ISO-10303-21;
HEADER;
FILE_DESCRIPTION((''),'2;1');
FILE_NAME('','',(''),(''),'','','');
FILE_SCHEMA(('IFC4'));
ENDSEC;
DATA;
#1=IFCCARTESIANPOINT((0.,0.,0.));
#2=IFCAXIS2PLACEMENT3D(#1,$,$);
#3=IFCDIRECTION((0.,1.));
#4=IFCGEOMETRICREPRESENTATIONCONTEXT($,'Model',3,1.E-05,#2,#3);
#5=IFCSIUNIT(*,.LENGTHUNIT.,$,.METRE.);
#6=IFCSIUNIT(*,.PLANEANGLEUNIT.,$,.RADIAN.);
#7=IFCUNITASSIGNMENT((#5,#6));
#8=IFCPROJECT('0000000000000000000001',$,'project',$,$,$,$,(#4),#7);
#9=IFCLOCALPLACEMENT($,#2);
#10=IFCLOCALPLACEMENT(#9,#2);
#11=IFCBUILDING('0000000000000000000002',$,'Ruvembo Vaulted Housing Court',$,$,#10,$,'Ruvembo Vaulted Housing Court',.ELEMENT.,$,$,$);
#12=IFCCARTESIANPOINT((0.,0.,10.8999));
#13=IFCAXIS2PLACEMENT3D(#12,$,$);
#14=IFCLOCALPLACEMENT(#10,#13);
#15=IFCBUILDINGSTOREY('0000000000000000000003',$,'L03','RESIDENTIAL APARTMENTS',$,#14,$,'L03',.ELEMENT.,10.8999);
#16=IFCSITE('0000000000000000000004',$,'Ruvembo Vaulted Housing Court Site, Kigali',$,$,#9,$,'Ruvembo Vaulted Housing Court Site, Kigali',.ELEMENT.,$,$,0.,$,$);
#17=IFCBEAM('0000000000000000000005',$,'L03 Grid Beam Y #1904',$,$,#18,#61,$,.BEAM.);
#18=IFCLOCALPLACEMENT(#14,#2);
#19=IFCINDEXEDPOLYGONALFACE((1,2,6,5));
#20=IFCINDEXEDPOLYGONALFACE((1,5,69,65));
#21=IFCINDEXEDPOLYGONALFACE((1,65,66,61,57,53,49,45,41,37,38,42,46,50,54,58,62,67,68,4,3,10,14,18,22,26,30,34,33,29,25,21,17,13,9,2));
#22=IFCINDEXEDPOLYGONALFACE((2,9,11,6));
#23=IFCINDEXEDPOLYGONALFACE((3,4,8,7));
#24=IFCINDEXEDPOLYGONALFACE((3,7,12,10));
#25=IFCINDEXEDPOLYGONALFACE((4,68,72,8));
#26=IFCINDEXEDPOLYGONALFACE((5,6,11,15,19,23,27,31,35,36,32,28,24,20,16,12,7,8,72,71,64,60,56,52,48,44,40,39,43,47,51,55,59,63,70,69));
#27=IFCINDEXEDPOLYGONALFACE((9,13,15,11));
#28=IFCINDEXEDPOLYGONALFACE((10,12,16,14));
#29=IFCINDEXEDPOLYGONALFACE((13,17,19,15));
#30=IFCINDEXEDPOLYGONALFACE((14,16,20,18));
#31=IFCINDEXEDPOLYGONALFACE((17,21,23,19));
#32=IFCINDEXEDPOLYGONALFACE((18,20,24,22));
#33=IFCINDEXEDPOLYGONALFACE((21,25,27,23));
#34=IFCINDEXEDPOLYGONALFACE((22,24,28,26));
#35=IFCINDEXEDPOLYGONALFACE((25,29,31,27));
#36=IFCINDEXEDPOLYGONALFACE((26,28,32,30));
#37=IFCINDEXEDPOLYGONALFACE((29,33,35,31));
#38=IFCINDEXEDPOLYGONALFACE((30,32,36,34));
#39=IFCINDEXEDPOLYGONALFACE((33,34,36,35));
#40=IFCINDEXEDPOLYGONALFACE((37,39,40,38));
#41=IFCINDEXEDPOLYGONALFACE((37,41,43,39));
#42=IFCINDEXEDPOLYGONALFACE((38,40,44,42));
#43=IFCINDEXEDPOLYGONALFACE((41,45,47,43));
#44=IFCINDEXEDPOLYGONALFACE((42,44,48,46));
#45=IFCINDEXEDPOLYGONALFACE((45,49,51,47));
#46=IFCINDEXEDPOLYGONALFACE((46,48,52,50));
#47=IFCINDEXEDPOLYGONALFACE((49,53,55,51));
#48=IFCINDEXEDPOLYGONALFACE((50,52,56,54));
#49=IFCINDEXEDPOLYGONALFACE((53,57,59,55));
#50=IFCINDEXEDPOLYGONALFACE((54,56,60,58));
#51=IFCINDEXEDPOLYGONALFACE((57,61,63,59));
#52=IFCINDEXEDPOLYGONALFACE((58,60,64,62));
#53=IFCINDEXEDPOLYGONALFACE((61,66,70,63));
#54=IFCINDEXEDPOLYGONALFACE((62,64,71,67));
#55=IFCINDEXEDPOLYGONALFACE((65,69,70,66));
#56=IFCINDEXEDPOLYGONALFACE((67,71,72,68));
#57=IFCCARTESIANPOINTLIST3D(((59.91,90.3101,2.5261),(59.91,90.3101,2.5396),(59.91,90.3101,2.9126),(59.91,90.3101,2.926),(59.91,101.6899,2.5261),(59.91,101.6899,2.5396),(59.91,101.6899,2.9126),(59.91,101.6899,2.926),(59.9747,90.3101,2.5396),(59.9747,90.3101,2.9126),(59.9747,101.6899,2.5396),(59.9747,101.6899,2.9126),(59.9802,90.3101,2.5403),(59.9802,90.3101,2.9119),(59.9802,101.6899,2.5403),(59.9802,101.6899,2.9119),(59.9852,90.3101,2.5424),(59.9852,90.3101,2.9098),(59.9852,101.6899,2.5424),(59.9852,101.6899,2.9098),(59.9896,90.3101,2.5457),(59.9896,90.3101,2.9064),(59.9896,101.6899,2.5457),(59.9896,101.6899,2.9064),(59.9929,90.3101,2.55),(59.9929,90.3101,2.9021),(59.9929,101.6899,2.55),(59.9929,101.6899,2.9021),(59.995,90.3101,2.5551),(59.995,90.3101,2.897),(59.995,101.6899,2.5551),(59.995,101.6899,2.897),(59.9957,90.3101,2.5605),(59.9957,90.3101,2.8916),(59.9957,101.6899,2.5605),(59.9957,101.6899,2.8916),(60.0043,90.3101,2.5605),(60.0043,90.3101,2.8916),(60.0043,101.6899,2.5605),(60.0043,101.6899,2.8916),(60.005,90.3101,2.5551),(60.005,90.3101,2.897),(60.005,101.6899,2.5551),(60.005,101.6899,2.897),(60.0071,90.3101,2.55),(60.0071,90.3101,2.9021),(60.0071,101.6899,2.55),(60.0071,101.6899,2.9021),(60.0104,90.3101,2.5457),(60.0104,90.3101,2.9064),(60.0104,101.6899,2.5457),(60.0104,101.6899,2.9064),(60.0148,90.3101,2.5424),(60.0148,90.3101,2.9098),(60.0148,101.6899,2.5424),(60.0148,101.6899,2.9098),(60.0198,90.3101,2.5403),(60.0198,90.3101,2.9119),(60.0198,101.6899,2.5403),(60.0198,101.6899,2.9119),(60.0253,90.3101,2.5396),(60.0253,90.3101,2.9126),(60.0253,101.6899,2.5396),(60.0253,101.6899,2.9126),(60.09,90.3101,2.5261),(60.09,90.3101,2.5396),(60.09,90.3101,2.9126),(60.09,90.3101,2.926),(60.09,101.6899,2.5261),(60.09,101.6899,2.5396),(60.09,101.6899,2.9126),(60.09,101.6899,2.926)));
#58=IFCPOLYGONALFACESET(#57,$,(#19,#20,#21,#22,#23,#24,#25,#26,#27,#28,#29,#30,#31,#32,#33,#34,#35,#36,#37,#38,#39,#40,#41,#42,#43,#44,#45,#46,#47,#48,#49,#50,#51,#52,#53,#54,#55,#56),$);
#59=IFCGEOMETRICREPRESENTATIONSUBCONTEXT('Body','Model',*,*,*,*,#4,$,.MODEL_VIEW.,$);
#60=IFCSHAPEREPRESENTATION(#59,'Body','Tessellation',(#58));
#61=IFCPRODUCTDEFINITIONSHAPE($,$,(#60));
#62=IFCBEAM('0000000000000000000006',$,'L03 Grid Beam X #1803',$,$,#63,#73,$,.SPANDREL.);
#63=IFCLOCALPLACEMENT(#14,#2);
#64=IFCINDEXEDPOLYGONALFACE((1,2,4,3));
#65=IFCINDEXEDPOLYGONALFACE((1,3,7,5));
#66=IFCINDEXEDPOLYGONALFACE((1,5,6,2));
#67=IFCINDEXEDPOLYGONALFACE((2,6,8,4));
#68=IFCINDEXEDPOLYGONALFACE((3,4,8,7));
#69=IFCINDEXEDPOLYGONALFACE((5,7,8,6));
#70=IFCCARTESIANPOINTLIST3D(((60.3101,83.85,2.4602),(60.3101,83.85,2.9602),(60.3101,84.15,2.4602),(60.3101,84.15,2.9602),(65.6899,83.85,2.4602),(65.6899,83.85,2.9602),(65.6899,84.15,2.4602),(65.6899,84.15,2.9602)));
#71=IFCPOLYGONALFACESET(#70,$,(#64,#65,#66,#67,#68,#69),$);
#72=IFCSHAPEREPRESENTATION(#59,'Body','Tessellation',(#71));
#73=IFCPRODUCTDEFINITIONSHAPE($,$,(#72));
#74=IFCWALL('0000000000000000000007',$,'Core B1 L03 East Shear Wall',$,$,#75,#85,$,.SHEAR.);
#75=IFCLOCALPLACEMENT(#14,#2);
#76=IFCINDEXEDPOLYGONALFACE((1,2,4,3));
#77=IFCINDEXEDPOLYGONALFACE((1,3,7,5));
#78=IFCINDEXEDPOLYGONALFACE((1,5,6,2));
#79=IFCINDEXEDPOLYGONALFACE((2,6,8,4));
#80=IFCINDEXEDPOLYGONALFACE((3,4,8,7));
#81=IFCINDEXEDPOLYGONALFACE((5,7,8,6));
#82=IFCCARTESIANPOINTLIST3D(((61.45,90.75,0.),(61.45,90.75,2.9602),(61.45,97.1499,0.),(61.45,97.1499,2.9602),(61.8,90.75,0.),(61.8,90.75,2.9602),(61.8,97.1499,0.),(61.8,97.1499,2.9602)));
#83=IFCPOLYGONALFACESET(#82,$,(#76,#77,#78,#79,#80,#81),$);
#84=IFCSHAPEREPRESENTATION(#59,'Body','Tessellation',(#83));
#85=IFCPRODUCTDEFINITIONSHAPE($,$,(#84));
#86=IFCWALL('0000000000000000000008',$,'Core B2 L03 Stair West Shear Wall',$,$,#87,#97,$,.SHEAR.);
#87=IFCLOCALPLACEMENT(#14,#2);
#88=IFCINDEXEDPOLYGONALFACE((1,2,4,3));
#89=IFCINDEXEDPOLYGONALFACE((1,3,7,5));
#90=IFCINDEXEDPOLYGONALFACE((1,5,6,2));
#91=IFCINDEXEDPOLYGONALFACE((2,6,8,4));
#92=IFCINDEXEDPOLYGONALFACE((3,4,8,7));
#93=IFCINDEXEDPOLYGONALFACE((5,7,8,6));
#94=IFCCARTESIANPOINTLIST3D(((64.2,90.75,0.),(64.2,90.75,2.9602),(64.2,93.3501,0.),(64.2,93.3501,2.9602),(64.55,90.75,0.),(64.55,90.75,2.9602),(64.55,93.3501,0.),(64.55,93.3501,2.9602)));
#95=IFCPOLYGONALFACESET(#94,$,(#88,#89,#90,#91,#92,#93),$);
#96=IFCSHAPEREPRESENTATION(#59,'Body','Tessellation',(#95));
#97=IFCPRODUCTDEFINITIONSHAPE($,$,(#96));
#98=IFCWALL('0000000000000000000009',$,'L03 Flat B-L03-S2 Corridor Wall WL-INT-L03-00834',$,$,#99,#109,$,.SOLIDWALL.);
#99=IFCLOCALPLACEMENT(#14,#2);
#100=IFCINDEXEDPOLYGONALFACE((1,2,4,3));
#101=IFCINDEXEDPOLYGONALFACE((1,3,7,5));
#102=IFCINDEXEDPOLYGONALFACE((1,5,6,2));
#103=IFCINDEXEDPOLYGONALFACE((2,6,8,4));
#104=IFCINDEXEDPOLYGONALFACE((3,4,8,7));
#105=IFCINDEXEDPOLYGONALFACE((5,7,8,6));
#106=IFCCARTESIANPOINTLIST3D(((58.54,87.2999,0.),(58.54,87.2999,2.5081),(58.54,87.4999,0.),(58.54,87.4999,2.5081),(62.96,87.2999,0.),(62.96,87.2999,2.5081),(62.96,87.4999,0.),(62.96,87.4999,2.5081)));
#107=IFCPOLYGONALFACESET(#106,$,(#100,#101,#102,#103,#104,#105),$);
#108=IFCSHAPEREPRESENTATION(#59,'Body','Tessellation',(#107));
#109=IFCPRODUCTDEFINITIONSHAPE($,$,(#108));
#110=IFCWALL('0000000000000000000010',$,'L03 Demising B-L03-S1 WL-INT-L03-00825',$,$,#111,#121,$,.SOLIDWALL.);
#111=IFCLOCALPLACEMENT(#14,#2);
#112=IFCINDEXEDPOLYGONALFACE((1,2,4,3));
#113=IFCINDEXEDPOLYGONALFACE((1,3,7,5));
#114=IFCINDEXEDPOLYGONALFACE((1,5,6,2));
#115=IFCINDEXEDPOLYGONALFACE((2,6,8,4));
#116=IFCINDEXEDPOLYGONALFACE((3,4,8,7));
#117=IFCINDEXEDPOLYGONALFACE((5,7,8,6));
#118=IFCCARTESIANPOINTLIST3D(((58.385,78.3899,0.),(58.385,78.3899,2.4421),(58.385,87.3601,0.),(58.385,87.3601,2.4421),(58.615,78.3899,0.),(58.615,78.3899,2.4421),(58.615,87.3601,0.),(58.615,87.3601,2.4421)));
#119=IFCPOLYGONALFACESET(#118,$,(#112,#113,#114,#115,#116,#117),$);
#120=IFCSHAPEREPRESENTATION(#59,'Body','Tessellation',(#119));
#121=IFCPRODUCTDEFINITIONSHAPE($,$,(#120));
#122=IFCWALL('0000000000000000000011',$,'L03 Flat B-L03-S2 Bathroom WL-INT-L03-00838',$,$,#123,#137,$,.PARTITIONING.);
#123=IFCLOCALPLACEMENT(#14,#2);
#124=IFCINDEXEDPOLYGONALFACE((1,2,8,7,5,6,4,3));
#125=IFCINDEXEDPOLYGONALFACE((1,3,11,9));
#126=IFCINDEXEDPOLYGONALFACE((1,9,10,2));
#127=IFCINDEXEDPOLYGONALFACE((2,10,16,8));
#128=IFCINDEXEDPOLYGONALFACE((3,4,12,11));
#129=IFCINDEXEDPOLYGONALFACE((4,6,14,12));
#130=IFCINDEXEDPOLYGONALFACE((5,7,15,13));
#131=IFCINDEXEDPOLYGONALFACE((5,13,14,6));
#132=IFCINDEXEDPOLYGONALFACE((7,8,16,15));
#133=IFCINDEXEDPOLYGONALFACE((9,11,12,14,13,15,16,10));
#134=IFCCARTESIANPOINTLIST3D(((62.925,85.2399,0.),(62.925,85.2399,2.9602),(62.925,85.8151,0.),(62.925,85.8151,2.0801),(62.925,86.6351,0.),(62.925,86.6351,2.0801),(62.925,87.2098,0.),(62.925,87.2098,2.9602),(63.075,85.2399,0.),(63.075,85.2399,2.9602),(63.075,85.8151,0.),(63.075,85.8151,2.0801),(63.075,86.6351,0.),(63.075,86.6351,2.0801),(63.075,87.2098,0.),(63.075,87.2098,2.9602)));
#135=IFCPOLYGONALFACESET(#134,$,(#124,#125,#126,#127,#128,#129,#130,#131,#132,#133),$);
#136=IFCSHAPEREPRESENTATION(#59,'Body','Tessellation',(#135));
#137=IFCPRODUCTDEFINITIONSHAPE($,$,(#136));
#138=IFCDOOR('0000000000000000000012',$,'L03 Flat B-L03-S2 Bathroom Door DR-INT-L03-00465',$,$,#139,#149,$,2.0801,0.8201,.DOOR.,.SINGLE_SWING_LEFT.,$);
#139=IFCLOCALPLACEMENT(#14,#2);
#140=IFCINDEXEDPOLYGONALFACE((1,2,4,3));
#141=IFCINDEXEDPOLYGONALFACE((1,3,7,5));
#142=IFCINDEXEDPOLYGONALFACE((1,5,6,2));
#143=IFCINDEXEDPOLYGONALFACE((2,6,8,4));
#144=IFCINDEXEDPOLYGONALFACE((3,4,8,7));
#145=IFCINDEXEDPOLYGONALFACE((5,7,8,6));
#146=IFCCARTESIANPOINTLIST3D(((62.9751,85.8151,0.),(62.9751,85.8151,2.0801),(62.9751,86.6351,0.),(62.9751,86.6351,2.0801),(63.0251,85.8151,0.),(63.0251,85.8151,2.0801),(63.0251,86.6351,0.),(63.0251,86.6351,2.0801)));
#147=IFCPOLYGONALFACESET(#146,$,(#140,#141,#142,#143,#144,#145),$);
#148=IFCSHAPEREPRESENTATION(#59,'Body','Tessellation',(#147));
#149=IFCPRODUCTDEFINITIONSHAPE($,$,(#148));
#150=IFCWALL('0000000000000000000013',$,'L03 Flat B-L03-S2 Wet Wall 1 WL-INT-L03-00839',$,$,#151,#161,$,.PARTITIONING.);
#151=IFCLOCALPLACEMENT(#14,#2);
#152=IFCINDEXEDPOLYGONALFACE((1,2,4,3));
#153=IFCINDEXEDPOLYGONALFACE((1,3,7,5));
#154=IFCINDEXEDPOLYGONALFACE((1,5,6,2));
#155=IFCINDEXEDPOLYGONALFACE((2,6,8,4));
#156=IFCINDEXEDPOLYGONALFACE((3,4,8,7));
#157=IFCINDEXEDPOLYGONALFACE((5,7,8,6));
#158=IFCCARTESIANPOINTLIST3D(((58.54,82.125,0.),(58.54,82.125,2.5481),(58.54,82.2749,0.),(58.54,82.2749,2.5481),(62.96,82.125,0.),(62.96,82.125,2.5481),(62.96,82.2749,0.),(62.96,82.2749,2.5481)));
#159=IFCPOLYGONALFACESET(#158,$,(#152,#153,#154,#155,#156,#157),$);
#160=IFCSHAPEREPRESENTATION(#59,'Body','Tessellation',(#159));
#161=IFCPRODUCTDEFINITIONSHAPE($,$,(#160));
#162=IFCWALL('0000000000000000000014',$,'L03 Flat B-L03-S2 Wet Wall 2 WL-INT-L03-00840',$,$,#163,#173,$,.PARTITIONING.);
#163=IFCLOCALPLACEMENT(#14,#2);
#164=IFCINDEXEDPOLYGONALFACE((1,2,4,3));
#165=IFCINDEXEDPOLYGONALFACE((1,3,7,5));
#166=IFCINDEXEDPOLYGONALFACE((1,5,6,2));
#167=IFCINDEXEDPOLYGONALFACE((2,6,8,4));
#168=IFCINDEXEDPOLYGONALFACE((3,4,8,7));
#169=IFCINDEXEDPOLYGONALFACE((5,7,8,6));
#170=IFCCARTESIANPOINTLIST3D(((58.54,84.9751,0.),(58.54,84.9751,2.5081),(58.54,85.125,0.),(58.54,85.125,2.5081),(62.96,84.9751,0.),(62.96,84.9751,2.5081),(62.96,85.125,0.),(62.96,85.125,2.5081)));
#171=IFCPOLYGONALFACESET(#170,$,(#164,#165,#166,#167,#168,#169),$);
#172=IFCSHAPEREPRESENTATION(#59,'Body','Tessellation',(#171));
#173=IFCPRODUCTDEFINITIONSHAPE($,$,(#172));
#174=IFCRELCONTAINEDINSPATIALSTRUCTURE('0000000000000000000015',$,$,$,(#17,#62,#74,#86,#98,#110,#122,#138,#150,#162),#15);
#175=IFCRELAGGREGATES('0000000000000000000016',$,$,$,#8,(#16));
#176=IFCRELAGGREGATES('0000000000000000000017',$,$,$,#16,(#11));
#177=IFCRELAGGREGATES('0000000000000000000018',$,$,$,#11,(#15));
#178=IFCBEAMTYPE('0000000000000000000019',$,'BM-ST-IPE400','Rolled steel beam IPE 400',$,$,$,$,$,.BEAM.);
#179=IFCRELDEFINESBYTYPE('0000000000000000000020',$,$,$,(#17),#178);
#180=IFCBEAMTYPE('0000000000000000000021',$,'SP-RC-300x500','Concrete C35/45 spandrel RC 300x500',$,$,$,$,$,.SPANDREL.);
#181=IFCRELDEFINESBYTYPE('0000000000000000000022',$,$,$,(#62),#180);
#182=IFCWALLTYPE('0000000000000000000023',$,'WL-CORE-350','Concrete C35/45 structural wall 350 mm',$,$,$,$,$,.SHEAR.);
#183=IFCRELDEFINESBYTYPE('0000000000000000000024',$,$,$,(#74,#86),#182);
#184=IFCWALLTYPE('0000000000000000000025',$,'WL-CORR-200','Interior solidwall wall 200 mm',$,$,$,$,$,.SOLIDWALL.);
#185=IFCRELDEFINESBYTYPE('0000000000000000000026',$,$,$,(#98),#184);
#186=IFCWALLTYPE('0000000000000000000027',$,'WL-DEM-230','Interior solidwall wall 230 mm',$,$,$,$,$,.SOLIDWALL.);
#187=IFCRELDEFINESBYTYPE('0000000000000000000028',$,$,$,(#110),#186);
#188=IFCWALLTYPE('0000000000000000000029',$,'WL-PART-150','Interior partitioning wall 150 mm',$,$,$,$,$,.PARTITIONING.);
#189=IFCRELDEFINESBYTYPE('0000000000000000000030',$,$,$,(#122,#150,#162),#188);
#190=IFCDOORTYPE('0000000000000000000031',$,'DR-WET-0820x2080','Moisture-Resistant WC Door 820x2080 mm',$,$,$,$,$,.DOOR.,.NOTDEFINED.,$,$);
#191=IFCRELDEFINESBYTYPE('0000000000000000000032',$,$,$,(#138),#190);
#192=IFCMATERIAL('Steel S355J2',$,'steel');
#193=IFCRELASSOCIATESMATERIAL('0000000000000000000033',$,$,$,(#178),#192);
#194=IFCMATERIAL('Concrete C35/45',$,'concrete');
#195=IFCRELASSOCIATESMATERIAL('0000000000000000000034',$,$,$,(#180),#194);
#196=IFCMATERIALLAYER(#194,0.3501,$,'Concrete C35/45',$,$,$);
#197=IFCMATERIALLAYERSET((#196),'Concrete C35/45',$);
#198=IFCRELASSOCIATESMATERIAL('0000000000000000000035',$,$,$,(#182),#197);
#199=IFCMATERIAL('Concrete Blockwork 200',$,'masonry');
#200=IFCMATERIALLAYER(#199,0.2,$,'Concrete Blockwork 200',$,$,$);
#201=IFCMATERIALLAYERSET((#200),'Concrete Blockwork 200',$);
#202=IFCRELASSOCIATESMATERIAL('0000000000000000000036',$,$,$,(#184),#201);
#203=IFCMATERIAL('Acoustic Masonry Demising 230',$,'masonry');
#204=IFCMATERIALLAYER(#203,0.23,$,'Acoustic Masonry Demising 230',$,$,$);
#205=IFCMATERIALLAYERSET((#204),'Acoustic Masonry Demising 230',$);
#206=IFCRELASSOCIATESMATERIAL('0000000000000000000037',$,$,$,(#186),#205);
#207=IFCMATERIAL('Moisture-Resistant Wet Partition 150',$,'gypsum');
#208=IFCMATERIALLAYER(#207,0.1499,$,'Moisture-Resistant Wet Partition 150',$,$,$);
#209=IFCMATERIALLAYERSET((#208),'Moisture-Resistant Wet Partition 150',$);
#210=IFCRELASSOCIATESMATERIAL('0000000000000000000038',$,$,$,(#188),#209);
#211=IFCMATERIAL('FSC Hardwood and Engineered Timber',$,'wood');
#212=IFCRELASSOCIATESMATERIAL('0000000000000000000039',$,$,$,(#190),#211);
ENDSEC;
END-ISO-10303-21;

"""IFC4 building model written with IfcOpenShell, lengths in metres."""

from ifc_helpers import new_model, si_unit, direction, frame, frame_2d, origin, origin_2d, place, context, subcontext, project, spatial, rectangle, i_section, extrude, material, layer, layer_set, material_profile, profile_set, type_object, element, fill, save


model = new_model("IFC4")

# Units and contexts
model_context = context("Model", 3, precision=1e-05, world=origin(), true_north=direction((0.0, 1.0)))
body_context = subcontext(model_context, "Body", "Model", "MODEL_VIEW")
ifc_project = project(units=[si_unit("LENGTHUNIT", "METRE"), si_unit("PLANEANGLEUNIT", "RADIAN")], contexts=[model_context])

# Site, building, storey
site_placement = place(None, origin())
site = spatial("IfcSite", under=ifc_project, at=site_placement, Name="Ruvembo Vaulted Housing Court Site, Kigali", LongName="Ruvembo Vaulted Housing Court Site, Kigali", CompositionType="ELEMENT", RefElevation=0.0)
building_placement = place(site_placement, origin())
building = spatial("IfcBuilding", under=site, at=building_placement, Name="Ruvembo Vaulted Housing Court", LongName="Ruvembo Vaulted Housing Court", CompositionType="ELEMENT")
storey_placement = place(building_placement, frame((0.0, 0.0, 10.8999)))
storey = spatial("IfcBuildingStorey", under=building, at=storey_placement, Name="L03", Description="RESIDENTIAL APARTMENTS", LongName="L03", CompositionType="ELEMENT", Elevation=10.8999)

# Beams
ifc_material_1 = material(Name="Steel S355J2", Category="steel")
ifc_material_profile_1 = material_profile(ifc_material_1, i_section(OverallWidth=0.1799, OverallDepth=0.3999, WebThickness=0.0085, FlangeThickness=0.0134, FilletRadius=0.021, at=origin_2d()), Name="IPE 400")
ifc_profile_set_1 = profile_set([ifc_material_profile_1], Name="Steel S355J2")
beam_type_1 = type_object("IfcBeamType", Name="BM-ST-IPE400", Description="Rolled steel beam IPE 400", PredefinedType="BEAM", material=ifc_profile_set_1)
beam_1_placement = place(storey_placement, frame((60.0, 90.3101, 2.7261), z_axis=(0.0, 1.0, 0.0), x_axis=(-1.0, 0.0, 0.0)))
element("IfcBeam", 1, at=beam_1_placement, inside=storey, type_object=beam_type_1, Name="L03 Grid Beam Y #1904", PredefinedType="BEAM", context=body_context, shape_type="SweptSolid", body=[
    extrude(i_section(OverallWidth=0.1799, OverallDepth=0.3999, WebThickness=0.0085, FlangeThickness=0.0134, FilletRadius=0.021, at=origin_2d()), origin(), (0.0, 0.0, 1.0), 11.3799),
])
ifc_material_2 = material(Name="Concrete C35/45", Category="concrete")
ifc_material_profile_2 = material_profile(ifc_material_2, rectangle(XDim=0.3, YDim=0.5, at=origin_2d()), Name="RC 300x500")
ifc_profile_set_2 = profile_set([ifc_material_profile_2], Name="Concrete C35/45")
beam_type_2 = type_object("IfcBeamType", Name="SP-RC-300x500", Description="Concrete C35/45 spandrel RC 300x500", PredefinedType="SPANDREL", material=ifc_profile_set_2)
beam_2_placement = place(storey_placement, frame((60.3101, 84.0, 2.7102), z_axis=(1.0, 0.0, 0.0), x_axis=(0.0, 1.0, 0.0)))
element("IfcBeam", 2, at=beam_2_placement, inside=storey, type_object=beam_type_2, Name="L03 Grid Beam X #1803", PredefinedType="SPANDREL", context=body_context, shape_type="SweptSolid", body=[
    extrude(rectangle(XDim=0.3, YDim=0.5, at=origin_2d()), origin(), (0.0, 0.0, 1.0), 5.3799),
])

# Wall
ifc_layer_1 = layer(ifc_material_2, 0.3501, Name="Concrete C35/45")
ifc_layer_set_1 = layer_set([ifc_layer_1], Name="Concrete C35/45")
wall_type_1 = type_object("IfcWallType", Name="WL-CORE-350", Description="Concrete C35/45 structural wall 350 mm", PredefinedType="SHEAR", material=ifc_layer_set_1)
wall_1_placement = place(storey_placement, frame((61.625, 90.75, 0.0), z_axis=(0.0, 0.0, 1.0), x_axis=(0.0, 1.0, 0.0)))
element("IfcWall", 3, at=wall_1_placement, inside=storey, type_object=wall_type_1, Name="Core B1 L03 East Shear Wall", PredefinedType="SHEAR", context=body_context, shape_type="SweptSolid", body=[
    extrude(rectangle(XDim=6.3999, YDim=0.3501, at=frame_2d((3.2, 0.0))), origin(), (0.0, 0.0, 1.0), 2.9602),
])

# Walls
wall_2_placement = place(storey_placement, frame((64.375, 93.3501, 0.0), z_axis=(0.0, 0.0, 1.0), x_axis=(0.0, -1.0, 0.0)))
element("IfcWall", 4, at=wall_2_placement, inside=storey, type_object=wall_type_1, Name="Core B2 L03 Stair West Shear Wall", PredefinedType="SHEAR", context=body_context, shape_type="SweptSolid", body=[
    extrude(rectangle(XDim=2.6001, YDim=0.3501, at=frame_2d((1.3, 0.0))), origin(), (0.0, 0.0, 1.0), 2.9602),
])
ifc_material_3 = material(Name="Concrete Blockwork 200", Category="masonry")
ifc_layer_2 = layer(ifc_material_3, 0.2, Name="Concrete Blockwork 200")
ifc_layer_set_2 = layer_set([ifc_layer_2], Name="Concrete Blockwork 200")
wall_type_2 = type_object("IfcWallType", Name="WL-CORR-200", Description="Interior solidwall wall 200 mm", PredefinedType="SOLIDWALL", material=ifc_layer_set_2)
wall_3_placement = place(storey_placement, frame((58.54, 87.3999, 0.0), z_axis=(0.0, 0.0, 1.0), x_axis=(1.0, 0.0, 0.0)))
element("IfcWall", 5, at=wall_3_placement, inside=storey, type_object=wall_type_2, Name="L03 Flat B-L03-S2 Corridor Wall WL-INT-L03-00834", PredefinedType="SOLIDWALL", context=body_context, shape_type="SweptSolid", body=[
    extrude(rectangle(XDim=4.4199, YDim=0.2, at=frame_2d((2.21, 0.0))), origin(), (0.0, 0.0, 1.0), 2.5081),
])

# Shared definitions
ifc_material_4 = material(Name="FSC Hardwood and Engineered Timber", Category="wood")

# Wall
ifc_material_5 = material(Name="Acoustic Masonry Demising 230", Category="masonry")
ifc_layer_3 = layer(ifc_material_5, 0.23, Name="Acoustic Masonry Demising 230")
ifc_layer_set_3 = layer_set([ifc_layer_3], Name="Acoustic Masonry Demising 230")
wall_type_3 = type_object("IfcWallType", Name="WL-DEM-230", Description="Interior solidwall wall 230 mm", PredefinedType="SOLIDWALL", material=ifc_layer_set_3)
wall_4_placement = place(storey_placement, frame((58.5, 78.3899, 0.0), z_axis=(0.0, 0.0, 1.0), x_axis=(0.0, 1.0, 0.0)))
element("IfcWall", 6, at=wall_4_placement, inside=storey, type_object=wall_type_3, Name="L03 Demising B-L03-S1 WL-INT-L03-00825", PredefinedType="SOLIDWALL", context=body_context, shape_type="SweptSolid", body=[
    extrude(rectangle(XDim=8.9702, YDim=0.23, at=frame_2d((4.4851, 0.0))), origin(), (0.0, 0.0, 1.0), 2.4421),
])

# Wall, opening, door
ifc_material_6 = material(Name="Moisture-Resistant Wet Partition 150", Category="gypsum")
ifc_layer_4 = layer(ifc_material_6, 0.1499, Name="Moisture-Resistant Wet Partition 150")
ifc_layer_set_4 = layer_set([ifc_layer_4], Name="Moisture-Resistant Wet Partition 150")
wall_type_4 = type_object("IfcWallType", Name="WL-PART-150", Description="Interior partitioning wall 150 mm", PredefinedType="PARTITIONING", material=ifc_layer_set_4)
wall_5_placement = place(storey_placement, frame((63.0, 85.24, 0.0), z_axis=(0.0, 0.0, 1.0), x_axis=(0.0, 1.0, 0.0)))
wall_5 = element("IfcWall", 7, at=wall_5_placement, inside=storey, type_object=wall_type_4, Name="L03 Flat B-L03-S2 Bathroom WL-INT-L03-00838", PredefinedType="PARTITIONING", context=body_context, shape_type="SweptSolid", body=[
    extrude(rectangle(XDim=1.97, YDim=0.1499, at=frame_2d((0.9849, 0.0))), origin(), (0.0, 0.0, 1.0), 2.9602),
])
opening_1_placement = place(wall_5_placement, frame((0.575, 0.0, 0.0)))
opening_1 = element("IfcOpeningElement", 8, at=opening_1_placement, cuts=wall_5, PredefinedType="OPENING", context=body_context, shape_type="SweptSolid", body=[
    extrude(rectangle(XDim=0.8201, YDim=2.0801, at=frame_2d((0.4102, 1.04))), frame((0.0, 0.085, 0.0), z_axis=(0.0, -1.0, 0.0), x_axis=(1.0, 0.0, 0.0)), (0.0, 0.0, 1.0), 0.1699),
])
door_type_1 = type_object("IfcDoorType", Name="DR-WET-0820x2080", Description="Moisture-Resistant WC Door 820x2080 mm", OperationType="NOTDEFINED", PredefinedType="DOOR", material=ifc_material_4)
door_1_placement = place(opening_1_placement, origin())
door_1 = element("IfcDoor", 9, at=door_1_placement, inside=storey, type_object=door_type_1, Name="L03 Flat B-L03-S2 Bathroom Door DR-INT-L03-00465", OperationType="SINGLE_SWING_LEFT", OverallHeight=2.0801, OverallWidth=0.8201, PredefinedType="DOOR", context=body_context, shape_type="SweptSolid", body=[
    extrude(rectangle(XDim=0.8201, YDim=2.0801, at=frame_2d((0.4102, 1.04))), frame((0.0, 0.0249, 0.0), z_axis=(0.0, -1.0, 0.0), x_axis=(1.0, 0.0, 0.0)), (0.0, 0.0, 1.0), 0.05),
])
fill(opening_1, door_1)

# Walls
wall_6_placement = place(storey_placement, frame((58.54, 82.2, 0.0), z_axis=(0.0, 0.0, 1.0), x_axis=(1.0, 0.0, 0.0)))
element("IfcWall", 10, at=wall_6_placement, inside=storey, type_object=wall_type_4, Name="L03 Flat B-L03-S2 Wet Wall 1 WL-INT-L03-00839", PredefinedType="PARTITIONING", context=body_context, shape_type="SweptSolid", body=[
    extrude(rectangle(XDim=4.4199, YDim=0.1499, at=frame_2d((2.21, 0.0))), origin(), (0.0, 0.0, 1.0), 2.5481),
])
wall_7_placement = place(storey_placement, frame((58.54, 85.05, 0.0), z_axis=(0.0, 0.0, 1.0), x_axis=(1.0, 0.0, 0.0)))
element("IfcWall", 11, at=wall_7_placement, inside=storey, type_object=wall_type_4, Name="L03 Flat B-L03-S2 Wet Wall 2 WL-INT-L03-00840", PredefinedType="PARTITIONING", context=body_context, shape_type="SweptSolid", body=[
    extrude(rectangle(XDim=4.4199, YDim=0.1499, at=frame_2d((2.21, 0.0))), origin(), (0.0, 0.0, 1.0), 2.5081),
])

save(model, "model.ifc")
